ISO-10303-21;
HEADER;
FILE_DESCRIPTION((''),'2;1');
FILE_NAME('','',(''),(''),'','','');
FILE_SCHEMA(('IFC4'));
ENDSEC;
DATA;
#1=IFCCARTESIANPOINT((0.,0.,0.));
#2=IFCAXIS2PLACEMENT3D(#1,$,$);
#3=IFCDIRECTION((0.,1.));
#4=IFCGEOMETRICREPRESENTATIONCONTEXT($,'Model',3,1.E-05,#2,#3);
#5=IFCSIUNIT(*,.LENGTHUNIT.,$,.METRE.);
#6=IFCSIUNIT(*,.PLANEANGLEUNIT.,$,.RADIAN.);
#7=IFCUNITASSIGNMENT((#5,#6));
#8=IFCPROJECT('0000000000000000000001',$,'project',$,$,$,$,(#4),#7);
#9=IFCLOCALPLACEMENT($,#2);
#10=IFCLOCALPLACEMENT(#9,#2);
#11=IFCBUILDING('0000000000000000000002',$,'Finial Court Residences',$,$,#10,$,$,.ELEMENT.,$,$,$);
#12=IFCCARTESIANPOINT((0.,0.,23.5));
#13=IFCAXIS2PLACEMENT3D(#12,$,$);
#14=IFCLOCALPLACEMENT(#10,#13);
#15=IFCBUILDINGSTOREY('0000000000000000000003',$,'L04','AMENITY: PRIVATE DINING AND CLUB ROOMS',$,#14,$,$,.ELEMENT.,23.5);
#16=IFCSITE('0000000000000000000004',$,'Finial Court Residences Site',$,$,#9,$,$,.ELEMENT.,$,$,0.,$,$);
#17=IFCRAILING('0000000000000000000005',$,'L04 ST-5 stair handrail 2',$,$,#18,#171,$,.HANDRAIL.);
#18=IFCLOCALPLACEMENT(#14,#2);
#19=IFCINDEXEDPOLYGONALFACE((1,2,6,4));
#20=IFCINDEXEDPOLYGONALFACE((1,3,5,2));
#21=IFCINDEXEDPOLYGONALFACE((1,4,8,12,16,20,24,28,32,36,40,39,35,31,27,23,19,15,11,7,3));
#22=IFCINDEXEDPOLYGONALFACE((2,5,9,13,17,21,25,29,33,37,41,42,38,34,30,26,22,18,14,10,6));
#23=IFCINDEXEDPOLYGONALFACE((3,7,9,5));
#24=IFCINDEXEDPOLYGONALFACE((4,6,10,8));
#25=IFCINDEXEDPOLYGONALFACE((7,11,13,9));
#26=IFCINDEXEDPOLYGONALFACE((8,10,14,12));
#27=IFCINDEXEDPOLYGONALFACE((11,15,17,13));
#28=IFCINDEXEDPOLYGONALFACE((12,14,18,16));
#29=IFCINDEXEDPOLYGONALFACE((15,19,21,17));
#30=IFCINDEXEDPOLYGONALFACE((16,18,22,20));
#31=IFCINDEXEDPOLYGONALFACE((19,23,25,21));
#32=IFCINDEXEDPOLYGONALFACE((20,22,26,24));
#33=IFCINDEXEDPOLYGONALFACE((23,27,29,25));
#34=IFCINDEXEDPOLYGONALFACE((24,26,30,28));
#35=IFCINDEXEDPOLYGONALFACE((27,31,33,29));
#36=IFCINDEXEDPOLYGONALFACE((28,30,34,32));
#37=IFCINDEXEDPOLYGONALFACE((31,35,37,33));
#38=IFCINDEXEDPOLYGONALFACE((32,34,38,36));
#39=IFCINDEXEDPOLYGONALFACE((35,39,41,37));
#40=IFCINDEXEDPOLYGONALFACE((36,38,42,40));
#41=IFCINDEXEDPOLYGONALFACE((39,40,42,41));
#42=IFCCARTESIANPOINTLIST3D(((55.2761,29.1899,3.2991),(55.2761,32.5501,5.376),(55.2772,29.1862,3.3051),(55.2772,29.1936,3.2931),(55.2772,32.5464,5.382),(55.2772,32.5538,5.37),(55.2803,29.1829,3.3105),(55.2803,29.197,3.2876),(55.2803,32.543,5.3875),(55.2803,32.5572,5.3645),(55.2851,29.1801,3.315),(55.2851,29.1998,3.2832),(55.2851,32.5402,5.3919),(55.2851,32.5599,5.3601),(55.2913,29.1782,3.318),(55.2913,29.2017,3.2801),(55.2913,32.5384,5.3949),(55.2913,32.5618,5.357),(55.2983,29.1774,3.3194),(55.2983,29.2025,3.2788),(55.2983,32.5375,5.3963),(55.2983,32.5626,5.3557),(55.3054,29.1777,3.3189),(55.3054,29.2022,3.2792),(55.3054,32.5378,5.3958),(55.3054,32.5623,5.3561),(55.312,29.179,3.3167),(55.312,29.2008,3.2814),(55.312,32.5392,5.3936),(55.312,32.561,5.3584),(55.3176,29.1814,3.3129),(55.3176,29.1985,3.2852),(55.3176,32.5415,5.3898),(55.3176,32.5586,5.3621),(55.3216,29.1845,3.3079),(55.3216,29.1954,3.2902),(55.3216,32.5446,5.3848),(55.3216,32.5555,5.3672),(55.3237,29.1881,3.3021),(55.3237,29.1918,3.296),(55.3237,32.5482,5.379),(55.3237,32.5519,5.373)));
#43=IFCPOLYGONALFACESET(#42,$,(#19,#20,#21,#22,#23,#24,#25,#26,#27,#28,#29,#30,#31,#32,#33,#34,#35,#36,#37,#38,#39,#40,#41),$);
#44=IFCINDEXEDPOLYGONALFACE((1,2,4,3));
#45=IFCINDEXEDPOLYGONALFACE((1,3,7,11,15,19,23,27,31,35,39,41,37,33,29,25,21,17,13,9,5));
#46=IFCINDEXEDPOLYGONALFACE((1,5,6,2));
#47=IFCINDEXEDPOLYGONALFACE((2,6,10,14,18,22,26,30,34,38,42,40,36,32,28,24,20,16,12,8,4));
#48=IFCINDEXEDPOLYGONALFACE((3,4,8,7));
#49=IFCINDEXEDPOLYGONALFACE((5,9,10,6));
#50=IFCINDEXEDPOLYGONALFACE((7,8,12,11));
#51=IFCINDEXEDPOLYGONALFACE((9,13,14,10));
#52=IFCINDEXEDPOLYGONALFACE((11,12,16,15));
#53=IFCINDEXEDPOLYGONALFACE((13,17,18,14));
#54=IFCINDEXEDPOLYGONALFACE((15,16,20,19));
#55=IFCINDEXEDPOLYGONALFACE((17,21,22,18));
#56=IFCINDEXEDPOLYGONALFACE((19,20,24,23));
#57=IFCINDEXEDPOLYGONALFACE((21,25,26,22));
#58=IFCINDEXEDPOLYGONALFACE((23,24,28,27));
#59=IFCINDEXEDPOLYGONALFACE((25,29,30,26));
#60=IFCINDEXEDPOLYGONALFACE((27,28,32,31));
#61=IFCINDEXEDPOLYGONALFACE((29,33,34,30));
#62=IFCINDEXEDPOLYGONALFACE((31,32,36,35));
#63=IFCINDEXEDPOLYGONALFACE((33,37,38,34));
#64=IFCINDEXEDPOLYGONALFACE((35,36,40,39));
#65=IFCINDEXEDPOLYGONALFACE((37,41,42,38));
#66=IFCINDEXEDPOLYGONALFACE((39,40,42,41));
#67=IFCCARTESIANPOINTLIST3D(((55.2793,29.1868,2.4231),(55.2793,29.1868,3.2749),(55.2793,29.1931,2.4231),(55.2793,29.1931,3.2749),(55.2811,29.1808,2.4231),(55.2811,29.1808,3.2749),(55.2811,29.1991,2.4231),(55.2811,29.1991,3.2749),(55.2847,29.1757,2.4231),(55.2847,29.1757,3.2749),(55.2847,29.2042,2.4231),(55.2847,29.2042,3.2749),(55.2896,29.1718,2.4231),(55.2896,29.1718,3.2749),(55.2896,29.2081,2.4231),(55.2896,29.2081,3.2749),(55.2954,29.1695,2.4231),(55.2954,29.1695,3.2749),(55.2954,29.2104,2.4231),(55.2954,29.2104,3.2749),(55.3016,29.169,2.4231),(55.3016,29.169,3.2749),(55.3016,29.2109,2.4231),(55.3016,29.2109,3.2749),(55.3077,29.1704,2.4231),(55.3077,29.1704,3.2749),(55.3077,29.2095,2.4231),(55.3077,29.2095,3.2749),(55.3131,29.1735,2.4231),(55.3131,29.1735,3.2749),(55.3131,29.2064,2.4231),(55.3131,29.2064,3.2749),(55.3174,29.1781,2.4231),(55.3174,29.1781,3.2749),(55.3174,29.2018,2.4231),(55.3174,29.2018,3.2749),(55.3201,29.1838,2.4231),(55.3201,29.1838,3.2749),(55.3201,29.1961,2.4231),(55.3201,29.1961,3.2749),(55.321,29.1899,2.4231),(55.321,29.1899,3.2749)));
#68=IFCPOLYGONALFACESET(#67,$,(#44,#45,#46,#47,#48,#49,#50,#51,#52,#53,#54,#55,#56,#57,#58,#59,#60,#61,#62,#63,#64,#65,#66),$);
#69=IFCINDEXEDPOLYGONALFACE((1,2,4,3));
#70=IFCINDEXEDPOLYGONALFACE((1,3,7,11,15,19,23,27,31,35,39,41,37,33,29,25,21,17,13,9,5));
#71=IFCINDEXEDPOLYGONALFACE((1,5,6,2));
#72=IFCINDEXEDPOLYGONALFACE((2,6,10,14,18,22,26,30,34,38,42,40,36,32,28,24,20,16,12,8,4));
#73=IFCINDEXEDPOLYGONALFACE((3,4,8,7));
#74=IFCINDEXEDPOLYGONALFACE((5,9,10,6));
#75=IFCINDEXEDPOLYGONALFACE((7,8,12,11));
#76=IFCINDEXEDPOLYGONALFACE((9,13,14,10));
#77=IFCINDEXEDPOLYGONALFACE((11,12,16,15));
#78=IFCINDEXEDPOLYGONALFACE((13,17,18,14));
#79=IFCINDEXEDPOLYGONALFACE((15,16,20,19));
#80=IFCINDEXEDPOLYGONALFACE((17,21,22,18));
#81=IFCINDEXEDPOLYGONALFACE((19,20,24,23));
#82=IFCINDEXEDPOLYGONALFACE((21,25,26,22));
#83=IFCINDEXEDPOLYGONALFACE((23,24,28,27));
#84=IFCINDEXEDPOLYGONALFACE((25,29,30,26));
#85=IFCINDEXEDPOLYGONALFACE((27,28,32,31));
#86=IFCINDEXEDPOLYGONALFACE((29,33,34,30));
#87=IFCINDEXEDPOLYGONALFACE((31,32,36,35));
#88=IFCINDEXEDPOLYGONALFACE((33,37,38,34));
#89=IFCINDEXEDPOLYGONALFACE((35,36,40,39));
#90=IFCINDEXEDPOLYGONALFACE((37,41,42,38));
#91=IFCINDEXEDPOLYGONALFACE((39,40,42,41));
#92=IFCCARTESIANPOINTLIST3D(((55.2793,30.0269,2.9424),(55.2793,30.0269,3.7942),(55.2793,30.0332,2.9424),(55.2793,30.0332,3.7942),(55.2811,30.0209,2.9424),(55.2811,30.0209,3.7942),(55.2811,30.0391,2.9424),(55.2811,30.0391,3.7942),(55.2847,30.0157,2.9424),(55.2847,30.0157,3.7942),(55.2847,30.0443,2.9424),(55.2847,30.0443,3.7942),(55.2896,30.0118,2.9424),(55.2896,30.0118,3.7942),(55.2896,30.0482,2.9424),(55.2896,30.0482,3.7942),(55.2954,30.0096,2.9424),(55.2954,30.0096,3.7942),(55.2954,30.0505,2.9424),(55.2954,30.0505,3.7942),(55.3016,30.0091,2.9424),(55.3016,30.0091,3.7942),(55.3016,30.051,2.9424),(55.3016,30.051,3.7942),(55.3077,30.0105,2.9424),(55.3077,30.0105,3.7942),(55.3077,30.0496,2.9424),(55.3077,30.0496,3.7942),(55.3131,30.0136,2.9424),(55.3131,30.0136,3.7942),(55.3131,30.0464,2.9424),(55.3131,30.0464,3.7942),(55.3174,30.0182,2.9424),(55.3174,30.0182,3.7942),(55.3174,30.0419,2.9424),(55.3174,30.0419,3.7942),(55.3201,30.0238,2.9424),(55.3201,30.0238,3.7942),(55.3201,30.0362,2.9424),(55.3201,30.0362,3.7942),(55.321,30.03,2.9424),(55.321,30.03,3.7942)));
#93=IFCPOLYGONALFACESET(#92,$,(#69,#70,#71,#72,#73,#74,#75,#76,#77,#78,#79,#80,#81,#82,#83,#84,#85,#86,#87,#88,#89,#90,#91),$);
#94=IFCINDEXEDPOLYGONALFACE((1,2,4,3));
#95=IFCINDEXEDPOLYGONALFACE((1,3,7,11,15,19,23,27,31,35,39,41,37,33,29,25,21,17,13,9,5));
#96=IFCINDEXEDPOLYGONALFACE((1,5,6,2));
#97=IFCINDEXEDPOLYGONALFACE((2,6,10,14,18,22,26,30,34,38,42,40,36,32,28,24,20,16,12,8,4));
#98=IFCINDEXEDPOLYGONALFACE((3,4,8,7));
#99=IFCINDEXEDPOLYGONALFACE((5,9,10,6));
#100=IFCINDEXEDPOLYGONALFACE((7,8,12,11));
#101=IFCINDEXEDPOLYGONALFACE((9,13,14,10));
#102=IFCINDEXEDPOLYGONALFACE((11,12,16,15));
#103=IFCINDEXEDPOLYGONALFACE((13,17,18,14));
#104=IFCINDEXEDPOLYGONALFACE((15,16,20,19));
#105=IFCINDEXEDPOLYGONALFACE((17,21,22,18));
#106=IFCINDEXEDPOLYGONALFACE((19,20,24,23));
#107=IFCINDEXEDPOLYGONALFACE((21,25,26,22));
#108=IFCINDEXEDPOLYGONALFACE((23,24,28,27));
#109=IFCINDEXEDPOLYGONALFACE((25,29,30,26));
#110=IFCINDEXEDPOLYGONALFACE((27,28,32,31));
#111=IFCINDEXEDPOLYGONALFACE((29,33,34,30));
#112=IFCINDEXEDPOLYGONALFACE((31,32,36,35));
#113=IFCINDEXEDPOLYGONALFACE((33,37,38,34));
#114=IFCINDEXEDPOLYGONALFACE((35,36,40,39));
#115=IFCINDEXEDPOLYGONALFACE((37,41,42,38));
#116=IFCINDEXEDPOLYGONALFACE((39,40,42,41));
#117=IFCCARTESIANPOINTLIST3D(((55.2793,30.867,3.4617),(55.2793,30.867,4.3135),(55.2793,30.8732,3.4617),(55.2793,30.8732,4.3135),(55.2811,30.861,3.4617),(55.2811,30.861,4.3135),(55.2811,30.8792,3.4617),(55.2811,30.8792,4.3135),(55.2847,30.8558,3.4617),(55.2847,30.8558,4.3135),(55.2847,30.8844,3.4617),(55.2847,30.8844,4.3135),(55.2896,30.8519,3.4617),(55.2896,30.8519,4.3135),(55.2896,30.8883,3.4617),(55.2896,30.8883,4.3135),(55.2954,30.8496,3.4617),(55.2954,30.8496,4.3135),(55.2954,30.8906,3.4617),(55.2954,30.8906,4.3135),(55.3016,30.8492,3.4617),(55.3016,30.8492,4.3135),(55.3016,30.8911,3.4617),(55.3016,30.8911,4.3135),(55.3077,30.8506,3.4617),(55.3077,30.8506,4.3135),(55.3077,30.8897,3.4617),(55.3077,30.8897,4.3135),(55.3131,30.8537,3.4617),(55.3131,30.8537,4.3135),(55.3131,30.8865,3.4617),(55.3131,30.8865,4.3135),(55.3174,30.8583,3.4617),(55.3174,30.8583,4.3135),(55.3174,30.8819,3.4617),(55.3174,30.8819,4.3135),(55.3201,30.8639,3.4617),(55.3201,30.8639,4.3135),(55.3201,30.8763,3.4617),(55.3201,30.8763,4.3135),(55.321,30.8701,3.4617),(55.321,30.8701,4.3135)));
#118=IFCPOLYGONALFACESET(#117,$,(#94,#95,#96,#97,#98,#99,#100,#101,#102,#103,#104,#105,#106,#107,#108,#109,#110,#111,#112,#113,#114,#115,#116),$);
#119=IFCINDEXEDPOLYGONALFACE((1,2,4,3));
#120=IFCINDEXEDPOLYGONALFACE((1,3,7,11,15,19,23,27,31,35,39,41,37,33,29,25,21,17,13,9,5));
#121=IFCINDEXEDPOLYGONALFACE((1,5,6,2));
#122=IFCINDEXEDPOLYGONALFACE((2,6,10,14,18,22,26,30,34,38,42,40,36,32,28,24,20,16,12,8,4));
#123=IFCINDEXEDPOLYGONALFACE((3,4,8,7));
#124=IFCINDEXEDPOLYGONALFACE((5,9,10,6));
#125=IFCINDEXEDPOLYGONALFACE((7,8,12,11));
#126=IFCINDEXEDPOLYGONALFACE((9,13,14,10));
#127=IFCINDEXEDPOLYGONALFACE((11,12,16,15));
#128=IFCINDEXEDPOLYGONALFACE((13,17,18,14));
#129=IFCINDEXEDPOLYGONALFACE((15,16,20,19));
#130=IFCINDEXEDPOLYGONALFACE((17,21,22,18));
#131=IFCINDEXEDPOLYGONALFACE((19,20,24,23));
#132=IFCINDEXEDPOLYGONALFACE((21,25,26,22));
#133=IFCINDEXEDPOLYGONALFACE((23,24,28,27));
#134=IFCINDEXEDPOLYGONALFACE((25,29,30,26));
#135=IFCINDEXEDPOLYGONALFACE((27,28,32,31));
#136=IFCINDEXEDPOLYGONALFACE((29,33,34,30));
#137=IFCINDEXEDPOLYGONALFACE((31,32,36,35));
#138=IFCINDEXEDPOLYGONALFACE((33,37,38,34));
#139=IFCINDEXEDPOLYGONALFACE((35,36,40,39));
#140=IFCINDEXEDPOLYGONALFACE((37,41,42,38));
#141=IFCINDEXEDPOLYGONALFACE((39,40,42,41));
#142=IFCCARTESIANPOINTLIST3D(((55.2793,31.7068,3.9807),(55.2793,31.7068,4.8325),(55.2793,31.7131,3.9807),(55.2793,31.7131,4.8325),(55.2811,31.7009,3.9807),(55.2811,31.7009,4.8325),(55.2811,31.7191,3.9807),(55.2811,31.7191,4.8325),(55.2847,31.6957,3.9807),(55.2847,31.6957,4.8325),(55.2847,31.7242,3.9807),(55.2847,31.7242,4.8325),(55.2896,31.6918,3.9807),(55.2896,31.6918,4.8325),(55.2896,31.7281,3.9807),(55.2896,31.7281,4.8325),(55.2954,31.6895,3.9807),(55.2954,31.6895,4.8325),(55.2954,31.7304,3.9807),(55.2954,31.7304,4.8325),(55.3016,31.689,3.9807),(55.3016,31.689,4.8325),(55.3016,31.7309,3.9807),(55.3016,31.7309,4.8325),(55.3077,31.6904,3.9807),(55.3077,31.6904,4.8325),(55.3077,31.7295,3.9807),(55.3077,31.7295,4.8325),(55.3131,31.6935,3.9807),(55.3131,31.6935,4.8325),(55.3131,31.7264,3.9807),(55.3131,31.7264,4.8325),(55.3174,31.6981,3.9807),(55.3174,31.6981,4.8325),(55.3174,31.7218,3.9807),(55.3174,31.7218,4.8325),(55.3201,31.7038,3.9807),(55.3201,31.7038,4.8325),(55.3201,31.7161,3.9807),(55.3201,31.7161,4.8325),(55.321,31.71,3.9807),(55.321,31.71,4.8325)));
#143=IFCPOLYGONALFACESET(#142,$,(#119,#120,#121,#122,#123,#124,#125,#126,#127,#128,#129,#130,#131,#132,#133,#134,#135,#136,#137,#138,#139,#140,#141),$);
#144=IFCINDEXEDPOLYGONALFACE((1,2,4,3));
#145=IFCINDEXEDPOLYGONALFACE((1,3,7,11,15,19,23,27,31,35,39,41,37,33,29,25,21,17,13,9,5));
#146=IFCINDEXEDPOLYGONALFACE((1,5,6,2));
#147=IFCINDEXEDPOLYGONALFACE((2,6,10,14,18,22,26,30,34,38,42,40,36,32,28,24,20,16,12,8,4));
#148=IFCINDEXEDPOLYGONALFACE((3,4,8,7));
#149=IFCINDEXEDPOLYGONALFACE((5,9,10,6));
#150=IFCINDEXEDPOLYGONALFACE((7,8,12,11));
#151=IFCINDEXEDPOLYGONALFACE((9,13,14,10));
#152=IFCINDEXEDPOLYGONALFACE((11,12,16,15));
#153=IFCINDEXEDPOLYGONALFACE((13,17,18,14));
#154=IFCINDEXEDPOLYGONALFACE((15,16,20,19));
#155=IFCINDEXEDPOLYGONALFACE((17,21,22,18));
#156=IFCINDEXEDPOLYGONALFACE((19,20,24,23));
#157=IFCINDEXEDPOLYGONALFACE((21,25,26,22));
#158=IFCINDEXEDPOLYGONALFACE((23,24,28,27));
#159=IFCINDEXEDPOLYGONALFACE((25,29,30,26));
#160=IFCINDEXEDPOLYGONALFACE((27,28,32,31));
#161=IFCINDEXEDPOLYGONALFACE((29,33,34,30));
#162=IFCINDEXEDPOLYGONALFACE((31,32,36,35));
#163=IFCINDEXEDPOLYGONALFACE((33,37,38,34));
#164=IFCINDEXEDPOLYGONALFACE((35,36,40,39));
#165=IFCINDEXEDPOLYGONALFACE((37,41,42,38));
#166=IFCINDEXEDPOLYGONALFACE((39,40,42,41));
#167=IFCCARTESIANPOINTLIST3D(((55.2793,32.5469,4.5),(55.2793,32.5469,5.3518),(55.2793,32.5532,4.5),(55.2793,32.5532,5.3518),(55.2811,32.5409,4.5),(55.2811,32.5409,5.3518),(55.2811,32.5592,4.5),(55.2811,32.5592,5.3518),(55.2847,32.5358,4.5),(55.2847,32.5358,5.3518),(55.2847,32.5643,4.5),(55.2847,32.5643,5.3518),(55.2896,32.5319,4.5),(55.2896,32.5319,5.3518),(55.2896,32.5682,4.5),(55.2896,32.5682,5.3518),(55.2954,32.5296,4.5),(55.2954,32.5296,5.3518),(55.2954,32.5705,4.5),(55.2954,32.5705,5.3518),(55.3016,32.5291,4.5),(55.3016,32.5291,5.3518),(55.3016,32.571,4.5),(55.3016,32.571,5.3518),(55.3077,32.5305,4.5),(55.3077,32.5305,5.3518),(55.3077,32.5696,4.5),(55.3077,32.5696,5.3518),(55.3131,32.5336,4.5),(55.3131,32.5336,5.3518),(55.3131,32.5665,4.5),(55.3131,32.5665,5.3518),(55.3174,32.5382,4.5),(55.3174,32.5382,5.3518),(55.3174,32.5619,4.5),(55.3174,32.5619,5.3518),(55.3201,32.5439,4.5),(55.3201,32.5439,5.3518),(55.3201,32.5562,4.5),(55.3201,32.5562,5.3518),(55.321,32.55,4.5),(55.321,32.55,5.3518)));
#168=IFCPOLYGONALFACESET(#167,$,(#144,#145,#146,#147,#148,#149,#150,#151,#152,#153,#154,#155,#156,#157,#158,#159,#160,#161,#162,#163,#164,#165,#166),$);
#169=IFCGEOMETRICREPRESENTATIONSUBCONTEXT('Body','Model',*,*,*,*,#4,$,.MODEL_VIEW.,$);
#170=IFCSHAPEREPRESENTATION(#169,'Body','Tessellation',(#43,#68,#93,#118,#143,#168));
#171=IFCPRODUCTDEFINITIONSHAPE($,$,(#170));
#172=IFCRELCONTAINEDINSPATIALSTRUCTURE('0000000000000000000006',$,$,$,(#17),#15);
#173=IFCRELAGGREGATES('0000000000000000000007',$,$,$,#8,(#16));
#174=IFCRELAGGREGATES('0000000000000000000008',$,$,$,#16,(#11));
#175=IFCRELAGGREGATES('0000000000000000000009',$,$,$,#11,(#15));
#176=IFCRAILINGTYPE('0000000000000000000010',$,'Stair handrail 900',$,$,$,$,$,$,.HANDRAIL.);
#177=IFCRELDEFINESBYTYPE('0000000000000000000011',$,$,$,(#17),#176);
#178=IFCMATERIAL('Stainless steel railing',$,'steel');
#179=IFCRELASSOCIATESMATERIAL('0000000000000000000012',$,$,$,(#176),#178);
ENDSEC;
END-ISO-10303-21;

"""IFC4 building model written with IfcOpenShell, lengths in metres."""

from ifc_helpers import new_model, si_unit, direction, frame, origin, origin_2d, place, context, subcontext, project, spatial, circle, extrude, material, type_object, element, save


model = new_model("IFC4")

# Units and contexts
model_context = context("Model", 3, precision=1e-05, world=origin(), true_north=direction((0.0, 1.0)))
body_context = subcontext(model_context, "Body", "Model", "MODEL_VIEW")
ifc_project = project(units=[si_unit("LENGTHUNIT", "METRE"), si_unit("PLANEANGLEUNIT", "RADIAN")], contexts=[model_context])

# Site, building, storey
site_placement = place(None, origin())
site = spatial("IfcSite", under=ifc_project, at=site_placement, Name="Finial Court Residences Site", CompositionType="ELEMENT", RefElevation=0.0)
building_placement = place(site_placement, origin())
building = spatial("IfcBuilding", under=site, at=building_placement, Name="Finial Court Residences", CompositionType="ELEMENT")
storey_placement = place(building_placement, frame((0.0, 0.0, 23.5)))
storey = spatial("IfcBuildingStorey", under=building, at=storey_placement, Name="L04", Description="AMENITY: PRIVATE DINING AND CLUB ROOMS", CompositionType="ELEMENT", Elevation=23.5)

# Railing
ifc_material_1 = material(Name="Stainless steel railing", Category="steel")
railing_type_1 = type_object("IfcRailingType", Name="Stair handrail 900", PredefinedType="HANDRAIL", material=ifc_material_1)
railing_1_placement = place(storey_placement, frame((55.3, 29.1899, 2.4231)))
element("IfcRailing", 1, at=railing_1_placement, inside=storey, type_object=railing_type_1, Name="L04 ST-5 stair handrail 2", PredefinedType="HANDRAIL", context=body_context, shape_type="SweptSolid", body=[
    extrude(circle(Radius=0.0239, at=origin_2d()), frame((0.0, 0.0, 0.876), z_axis=(0.0, 0.850623, 0.525776), x_axis=(-1.0, 0.0, 0.0)), (0.0, 0.0, 1.0), 3.9502),
    extrude(circle(Radius=0.021, at=origin_2d()), origin(), (0.0, 0.0, 1.0), 0.8518),
    extrude(circle(Radius=0.021, at=origin_2d()), frame((0.0, 0.8401, 0.5193)), (0.0, 0.0, 1.0), 0.8518),
    extrude(circle(Radius=0.021, at=origin_2d()), frame((0.0, 1.6802, 1.0386)), (0.0, 0.0, 1.0), 0.8518),
    extrude(circle(Radius=0.021, at=origin_2d()), frame((0.0, 2.52, 1.5576)), (0.0, 0.0, 1.0), 0.8518),
    extrude(circle(Radius=0.021, at=origin_2d()), frame((0.0, 3.3601, 2.0769)), (0.0, 0.0, 1.0), 0.8518),
])

save(model, "model.ifc")
